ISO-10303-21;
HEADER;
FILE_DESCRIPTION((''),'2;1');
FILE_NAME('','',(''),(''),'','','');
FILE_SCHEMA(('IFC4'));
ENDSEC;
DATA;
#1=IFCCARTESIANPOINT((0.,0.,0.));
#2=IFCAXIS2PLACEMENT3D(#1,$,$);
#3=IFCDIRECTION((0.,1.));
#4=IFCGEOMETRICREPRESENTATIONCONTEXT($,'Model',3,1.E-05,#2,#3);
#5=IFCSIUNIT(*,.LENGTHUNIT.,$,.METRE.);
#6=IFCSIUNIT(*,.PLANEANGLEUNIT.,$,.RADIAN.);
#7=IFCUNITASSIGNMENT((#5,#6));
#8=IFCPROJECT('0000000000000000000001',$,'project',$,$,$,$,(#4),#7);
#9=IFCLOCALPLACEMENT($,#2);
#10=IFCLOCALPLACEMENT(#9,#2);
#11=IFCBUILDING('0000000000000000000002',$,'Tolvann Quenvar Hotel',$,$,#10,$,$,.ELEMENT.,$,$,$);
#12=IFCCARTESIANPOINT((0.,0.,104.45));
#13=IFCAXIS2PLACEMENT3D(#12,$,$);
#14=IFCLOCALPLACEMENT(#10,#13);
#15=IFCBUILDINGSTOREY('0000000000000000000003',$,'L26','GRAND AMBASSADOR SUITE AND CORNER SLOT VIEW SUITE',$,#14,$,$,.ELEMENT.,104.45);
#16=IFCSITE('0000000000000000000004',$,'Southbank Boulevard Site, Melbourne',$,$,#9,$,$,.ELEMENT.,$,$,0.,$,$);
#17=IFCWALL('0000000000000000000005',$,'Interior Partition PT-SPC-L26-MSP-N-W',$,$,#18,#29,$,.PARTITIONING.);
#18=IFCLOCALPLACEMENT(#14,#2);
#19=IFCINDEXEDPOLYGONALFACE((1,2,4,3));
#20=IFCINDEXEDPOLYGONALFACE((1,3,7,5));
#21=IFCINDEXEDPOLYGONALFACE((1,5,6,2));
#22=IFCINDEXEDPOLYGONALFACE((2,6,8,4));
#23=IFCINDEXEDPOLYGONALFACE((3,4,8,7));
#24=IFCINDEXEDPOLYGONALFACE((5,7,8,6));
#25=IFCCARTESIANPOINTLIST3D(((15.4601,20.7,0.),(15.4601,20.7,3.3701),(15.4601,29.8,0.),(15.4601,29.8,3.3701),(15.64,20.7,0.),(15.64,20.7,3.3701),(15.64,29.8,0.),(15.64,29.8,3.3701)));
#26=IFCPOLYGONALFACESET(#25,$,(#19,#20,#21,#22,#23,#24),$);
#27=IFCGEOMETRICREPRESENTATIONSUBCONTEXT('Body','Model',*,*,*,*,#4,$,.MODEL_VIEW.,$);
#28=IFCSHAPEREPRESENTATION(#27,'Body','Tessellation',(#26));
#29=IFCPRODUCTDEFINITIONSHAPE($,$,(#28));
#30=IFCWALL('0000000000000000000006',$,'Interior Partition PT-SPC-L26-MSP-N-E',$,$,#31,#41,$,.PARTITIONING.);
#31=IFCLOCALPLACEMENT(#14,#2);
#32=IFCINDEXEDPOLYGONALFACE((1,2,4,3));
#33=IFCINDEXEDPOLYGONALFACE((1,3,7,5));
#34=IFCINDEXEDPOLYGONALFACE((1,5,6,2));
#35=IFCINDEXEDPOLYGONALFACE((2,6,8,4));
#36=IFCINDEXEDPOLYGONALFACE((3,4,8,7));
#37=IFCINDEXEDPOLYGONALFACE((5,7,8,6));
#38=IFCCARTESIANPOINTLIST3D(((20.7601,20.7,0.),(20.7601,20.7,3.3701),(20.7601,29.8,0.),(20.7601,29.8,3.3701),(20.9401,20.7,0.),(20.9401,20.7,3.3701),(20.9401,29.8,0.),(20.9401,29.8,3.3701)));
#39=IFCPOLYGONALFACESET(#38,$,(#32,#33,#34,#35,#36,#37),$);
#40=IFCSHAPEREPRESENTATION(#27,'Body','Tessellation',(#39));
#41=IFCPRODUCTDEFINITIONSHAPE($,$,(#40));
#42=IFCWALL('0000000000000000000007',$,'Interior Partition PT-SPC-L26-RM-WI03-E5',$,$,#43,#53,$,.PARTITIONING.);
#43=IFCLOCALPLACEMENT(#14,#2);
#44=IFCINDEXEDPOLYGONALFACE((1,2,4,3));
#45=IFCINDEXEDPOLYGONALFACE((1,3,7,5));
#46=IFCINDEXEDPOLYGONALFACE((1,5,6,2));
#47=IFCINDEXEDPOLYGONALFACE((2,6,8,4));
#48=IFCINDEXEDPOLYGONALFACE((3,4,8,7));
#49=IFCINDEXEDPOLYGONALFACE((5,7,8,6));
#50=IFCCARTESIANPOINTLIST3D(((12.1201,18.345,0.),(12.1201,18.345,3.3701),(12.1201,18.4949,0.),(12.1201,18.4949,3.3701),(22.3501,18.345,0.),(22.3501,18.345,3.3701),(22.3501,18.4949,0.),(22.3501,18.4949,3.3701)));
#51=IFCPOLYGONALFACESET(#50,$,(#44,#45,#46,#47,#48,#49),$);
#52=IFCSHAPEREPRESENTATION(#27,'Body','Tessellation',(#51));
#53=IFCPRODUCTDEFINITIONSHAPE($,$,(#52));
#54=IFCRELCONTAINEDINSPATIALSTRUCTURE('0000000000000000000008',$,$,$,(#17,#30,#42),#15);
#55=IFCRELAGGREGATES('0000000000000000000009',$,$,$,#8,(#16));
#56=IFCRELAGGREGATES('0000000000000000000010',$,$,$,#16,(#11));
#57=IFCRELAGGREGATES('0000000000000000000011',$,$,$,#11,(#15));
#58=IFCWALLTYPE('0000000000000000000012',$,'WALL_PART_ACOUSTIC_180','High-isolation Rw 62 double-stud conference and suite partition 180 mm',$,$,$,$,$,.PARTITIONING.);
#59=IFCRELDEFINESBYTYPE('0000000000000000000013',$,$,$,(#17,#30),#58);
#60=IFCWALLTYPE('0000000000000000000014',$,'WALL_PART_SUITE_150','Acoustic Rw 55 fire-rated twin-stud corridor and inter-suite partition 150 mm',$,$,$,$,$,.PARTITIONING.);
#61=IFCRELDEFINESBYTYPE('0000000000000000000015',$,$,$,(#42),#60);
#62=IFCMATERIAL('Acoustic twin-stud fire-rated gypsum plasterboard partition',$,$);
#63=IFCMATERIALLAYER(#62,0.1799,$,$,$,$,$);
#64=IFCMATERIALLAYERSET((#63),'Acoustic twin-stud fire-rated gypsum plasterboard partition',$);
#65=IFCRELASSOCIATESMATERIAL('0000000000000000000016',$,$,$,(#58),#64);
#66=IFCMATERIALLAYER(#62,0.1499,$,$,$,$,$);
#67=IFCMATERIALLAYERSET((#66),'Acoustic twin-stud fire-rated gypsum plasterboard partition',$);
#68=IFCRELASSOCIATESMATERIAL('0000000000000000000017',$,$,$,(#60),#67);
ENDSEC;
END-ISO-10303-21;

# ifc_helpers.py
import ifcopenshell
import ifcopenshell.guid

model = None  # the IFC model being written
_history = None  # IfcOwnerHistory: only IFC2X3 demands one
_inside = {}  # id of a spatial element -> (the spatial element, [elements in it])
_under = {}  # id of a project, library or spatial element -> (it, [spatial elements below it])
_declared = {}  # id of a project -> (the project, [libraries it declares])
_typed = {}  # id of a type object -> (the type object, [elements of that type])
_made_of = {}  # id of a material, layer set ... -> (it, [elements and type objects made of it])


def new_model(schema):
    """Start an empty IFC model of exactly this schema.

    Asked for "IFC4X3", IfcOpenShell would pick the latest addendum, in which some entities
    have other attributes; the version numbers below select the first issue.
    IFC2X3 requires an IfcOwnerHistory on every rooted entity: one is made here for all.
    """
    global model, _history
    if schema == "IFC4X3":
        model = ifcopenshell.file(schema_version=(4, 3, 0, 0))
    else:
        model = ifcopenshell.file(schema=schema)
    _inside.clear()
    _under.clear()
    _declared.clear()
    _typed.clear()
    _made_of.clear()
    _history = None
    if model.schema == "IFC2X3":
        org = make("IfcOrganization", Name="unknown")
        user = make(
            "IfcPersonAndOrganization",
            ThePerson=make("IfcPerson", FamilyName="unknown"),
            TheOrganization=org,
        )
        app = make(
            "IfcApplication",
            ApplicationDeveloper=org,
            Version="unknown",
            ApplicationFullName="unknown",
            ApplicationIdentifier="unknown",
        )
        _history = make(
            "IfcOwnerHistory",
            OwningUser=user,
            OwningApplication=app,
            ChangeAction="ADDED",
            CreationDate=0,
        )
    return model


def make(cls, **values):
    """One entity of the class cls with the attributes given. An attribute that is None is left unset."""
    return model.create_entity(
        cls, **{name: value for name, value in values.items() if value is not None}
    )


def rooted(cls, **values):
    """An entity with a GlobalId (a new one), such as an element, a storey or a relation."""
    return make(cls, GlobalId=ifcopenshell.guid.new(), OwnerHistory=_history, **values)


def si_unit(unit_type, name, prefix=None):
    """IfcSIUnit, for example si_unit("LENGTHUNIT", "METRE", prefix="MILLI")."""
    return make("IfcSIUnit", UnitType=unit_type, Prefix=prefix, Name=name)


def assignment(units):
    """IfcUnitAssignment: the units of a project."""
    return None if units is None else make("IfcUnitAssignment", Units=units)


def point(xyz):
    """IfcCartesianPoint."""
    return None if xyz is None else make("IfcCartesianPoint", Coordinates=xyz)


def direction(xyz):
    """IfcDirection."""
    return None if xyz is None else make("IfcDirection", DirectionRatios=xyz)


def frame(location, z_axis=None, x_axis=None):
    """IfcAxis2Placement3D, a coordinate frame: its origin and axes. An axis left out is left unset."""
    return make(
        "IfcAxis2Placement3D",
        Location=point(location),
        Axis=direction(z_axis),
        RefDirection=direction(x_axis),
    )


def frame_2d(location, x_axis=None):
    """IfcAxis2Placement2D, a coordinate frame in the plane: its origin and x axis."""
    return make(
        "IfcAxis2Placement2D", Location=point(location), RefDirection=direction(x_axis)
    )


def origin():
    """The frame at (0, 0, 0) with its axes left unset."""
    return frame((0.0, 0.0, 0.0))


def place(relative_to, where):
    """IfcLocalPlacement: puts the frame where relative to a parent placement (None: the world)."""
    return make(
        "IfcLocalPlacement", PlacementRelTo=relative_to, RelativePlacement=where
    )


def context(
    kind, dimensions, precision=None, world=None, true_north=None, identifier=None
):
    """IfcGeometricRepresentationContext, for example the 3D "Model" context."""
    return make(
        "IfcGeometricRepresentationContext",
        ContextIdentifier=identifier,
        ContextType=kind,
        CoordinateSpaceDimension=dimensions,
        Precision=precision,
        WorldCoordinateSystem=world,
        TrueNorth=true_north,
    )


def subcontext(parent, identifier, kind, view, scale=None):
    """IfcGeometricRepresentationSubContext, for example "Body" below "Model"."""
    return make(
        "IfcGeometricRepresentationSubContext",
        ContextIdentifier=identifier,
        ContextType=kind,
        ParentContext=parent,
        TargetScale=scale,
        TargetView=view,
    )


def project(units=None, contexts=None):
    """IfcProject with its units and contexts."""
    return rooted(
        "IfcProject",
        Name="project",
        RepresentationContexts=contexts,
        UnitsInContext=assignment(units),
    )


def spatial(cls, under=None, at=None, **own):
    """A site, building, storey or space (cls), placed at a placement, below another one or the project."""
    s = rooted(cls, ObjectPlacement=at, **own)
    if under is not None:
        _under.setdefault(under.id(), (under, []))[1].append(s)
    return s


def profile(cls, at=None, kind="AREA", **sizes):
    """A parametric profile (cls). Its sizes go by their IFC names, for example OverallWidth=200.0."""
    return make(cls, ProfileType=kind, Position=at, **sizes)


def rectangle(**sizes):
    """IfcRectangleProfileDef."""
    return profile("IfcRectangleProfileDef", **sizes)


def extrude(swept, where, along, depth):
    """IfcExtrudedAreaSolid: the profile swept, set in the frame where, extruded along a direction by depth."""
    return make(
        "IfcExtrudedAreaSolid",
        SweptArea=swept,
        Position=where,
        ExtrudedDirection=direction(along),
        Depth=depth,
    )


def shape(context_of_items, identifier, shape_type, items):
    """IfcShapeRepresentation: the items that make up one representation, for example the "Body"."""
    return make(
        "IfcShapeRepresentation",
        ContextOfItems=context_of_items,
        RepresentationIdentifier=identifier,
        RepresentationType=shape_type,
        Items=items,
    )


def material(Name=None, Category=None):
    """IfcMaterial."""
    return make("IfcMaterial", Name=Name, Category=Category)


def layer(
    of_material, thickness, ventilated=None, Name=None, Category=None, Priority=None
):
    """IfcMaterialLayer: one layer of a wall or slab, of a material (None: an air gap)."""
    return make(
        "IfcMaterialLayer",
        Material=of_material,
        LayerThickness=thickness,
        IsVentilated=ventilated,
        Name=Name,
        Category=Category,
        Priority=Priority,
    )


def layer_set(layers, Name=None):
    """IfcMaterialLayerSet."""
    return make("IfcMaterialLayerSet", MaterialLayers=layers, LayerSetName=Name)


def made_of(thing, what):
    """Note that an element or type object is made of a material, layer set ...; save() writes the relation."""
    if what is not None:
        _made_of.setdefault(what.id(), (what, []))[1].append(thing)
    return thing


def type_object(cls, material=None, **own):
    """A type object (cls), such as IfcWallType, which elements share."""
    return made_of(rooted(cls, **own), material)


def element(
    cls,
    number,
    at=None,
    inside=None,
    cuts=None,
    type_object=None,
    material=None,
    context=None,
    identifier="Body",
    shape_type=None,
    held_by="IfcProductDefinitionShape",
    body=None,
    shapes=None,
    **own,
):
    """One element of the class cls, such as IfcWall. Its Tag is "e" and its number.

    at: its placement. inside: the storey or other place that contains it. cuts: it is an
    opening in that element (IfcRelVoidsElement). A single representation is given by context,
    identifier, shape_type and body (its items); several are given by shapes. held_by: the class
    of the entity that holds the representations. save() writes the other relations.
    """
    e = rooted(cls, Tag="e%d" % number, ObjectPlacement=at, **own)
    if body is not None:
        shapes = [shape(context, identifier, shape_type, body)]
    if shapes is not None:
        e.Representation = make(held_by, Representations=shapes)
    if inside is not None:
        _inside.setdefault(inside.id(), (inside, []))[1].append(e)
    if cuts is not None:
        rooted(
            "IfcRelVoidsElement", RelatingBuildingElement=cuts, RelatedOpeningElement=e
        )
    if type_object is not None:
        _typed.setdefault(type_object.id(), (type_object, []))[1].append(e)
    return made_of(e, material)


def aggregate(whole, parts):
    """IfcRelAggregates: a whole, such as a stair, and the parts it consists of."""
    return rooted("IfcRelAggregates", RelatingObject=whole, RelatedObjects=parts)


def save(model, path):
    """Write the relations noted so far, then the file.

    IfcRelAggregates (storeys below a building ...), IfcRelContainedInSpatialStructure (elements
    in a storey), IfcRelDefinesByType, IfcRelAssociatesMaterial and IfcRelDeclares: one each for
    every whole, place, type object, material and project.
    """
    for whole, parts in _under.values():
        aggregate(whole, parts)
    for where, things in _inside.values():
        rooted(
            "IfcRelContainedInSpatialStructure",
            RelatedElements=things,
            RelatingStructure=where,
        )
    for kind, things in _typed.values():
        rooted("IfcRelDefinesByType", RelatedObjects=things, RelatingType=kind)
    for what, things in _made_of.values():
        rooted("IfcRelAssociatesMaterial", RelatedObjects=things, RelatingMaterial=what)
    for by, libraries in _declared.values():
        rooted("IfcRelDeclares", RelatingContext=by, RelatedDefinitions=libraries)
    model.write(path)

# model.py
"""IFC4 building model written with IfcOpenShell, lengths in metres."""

from ifc_helpers import new_model, si_unit, direction, frame, frame_2d, origin, place, context, subcontext, project, spatial, rectangle, extrude, material, layer, layer_set, type_object, element, save


model = new_model("IFC4")

# Units and contexts
model_context = context("Model", 3, precision=1e-05, world=origin(), true_north=direction((0.0, 1.0)))
body_context = subcontext(model_context, "Body", "Model", "MODEL_VIEW")
ifc_project = project(units=[si_unit("LENGTHUNIT", "METRE"), si_unit("PLANEANGLEUNIT", "RADIAN")], contexts=[model_context])

# Site, building, storey
site_placement = place(None, origin())
site = spatial("IfcSite", under=ifc_project, at=site_placement, Name="Southbank Boulevard Site, Melbourne", CompositionType="ELEMENT", RefElevation=0.0)
building_placement = place(site_placement, origin())
building = spatial("IfcBuilding", under=site, at=building_placement, Name="Tolvann Quenvar Hotel", CompositionType="ELEMENT")
storey_placement = place(building_placement, frame((0.0, 0.0, 104.45)))
storey = spatial("IfcBuildingStorey", under=building, at=storey_placement, Name="L26", Description="GRAND AMBASSADOR SUITE AND CORNER SLOT VIEW SUITE", CompositionType="ELEMENT", Elevation=104.45)

# Shared definitions
ifc_material_1 = material(Name="Acoustic twin-stud fire-rated gypsum plasterboard partition")
ifc_layer_1 = layer(ifc_material_1, 0.1799)
ifc_layer_set_1 = layer_set([ifc_layer_1], Name="Acoustic twin-stud fire-rated gypsum plasterboard partition")
wall_type_1 = type_object("IfcWallType", Name="WALL_PART_ACOUSTIC_180", Description="High-isolation Rw 62 double-stud conference and suite partition 180 mm", PredefinedType="PARTITIONING", material=ifc_layer_set_1)

# Walls
for number, where, z_axis, x_axis, name in (
    (1, (15.55, 20.7, 0.0), (0.0, 0.0, 1.0), (0.0, 1.0, 0.0), "Interior Partition PT-SPC-L26-MSP-N-W"),
    (2, (20.8501, 20.7, 0.0), (0.0, 0.0, 1.0), (0.0, 1.0, 0.0), "Interior Partition PT-SPC-L26-MSP-N-E"),
):
    element("IfcWall", number, at=place(storey_placement, frame(where, z_axis=z_axis, x_axis=x_axis)), inside=storey, type_object=wall_type_1, Name=name, PredefinedType="PARTITIONING", context=body_context, shape_type="SweptSolid", body=[
        extrude(rectangle(XDim=9.1001, YDim=0.1799, at=frame_2d((4.55, 0.0))), origin(), (0.0, 0.0, 1.0), 3.3701),
    ])
ifc_layer_2 = layer(ifc_material_1, 0.1499)
ifc_layer_set_2 = layer_set([ifc_layer_2], Name="Acoustic twin-stud fire-rated gypsum plasterboard partition")
wall_type_2 = type_object("IfcWallType", Name="WALL_PART_SUITE_150", Description="Acoustic Rw 55 fire-rated twin-stud corridor and inter-suite partition 150 mm", PredefinedType="PARTITIONING", material=ifc_layer_set_2)
wall_1_placement = place(storey_placement, frame((12.1201, 18.4199, 0.0), z_axis=(0.0, 0.0, 1.0), x_axis=(1.0, 0.0, 0.0)))
element("IfcWall", 3, at=wall_1_placement, inside=storey, type_object=wall_type_2, Name="Interior Partition PT-SPC-L26-RM-WI03-E5", PredefinedType="PARTITIONING", context=body_context, shape_type="SweptSolid", body=[
    extrude(rectangle(XDim=10.23, YDim=0.1499, at=frame_2d((5.115, 0.0))), origin(), (0.0, 0.0, 1.0), 3.3701),
])

save(model, "model.ifc")
